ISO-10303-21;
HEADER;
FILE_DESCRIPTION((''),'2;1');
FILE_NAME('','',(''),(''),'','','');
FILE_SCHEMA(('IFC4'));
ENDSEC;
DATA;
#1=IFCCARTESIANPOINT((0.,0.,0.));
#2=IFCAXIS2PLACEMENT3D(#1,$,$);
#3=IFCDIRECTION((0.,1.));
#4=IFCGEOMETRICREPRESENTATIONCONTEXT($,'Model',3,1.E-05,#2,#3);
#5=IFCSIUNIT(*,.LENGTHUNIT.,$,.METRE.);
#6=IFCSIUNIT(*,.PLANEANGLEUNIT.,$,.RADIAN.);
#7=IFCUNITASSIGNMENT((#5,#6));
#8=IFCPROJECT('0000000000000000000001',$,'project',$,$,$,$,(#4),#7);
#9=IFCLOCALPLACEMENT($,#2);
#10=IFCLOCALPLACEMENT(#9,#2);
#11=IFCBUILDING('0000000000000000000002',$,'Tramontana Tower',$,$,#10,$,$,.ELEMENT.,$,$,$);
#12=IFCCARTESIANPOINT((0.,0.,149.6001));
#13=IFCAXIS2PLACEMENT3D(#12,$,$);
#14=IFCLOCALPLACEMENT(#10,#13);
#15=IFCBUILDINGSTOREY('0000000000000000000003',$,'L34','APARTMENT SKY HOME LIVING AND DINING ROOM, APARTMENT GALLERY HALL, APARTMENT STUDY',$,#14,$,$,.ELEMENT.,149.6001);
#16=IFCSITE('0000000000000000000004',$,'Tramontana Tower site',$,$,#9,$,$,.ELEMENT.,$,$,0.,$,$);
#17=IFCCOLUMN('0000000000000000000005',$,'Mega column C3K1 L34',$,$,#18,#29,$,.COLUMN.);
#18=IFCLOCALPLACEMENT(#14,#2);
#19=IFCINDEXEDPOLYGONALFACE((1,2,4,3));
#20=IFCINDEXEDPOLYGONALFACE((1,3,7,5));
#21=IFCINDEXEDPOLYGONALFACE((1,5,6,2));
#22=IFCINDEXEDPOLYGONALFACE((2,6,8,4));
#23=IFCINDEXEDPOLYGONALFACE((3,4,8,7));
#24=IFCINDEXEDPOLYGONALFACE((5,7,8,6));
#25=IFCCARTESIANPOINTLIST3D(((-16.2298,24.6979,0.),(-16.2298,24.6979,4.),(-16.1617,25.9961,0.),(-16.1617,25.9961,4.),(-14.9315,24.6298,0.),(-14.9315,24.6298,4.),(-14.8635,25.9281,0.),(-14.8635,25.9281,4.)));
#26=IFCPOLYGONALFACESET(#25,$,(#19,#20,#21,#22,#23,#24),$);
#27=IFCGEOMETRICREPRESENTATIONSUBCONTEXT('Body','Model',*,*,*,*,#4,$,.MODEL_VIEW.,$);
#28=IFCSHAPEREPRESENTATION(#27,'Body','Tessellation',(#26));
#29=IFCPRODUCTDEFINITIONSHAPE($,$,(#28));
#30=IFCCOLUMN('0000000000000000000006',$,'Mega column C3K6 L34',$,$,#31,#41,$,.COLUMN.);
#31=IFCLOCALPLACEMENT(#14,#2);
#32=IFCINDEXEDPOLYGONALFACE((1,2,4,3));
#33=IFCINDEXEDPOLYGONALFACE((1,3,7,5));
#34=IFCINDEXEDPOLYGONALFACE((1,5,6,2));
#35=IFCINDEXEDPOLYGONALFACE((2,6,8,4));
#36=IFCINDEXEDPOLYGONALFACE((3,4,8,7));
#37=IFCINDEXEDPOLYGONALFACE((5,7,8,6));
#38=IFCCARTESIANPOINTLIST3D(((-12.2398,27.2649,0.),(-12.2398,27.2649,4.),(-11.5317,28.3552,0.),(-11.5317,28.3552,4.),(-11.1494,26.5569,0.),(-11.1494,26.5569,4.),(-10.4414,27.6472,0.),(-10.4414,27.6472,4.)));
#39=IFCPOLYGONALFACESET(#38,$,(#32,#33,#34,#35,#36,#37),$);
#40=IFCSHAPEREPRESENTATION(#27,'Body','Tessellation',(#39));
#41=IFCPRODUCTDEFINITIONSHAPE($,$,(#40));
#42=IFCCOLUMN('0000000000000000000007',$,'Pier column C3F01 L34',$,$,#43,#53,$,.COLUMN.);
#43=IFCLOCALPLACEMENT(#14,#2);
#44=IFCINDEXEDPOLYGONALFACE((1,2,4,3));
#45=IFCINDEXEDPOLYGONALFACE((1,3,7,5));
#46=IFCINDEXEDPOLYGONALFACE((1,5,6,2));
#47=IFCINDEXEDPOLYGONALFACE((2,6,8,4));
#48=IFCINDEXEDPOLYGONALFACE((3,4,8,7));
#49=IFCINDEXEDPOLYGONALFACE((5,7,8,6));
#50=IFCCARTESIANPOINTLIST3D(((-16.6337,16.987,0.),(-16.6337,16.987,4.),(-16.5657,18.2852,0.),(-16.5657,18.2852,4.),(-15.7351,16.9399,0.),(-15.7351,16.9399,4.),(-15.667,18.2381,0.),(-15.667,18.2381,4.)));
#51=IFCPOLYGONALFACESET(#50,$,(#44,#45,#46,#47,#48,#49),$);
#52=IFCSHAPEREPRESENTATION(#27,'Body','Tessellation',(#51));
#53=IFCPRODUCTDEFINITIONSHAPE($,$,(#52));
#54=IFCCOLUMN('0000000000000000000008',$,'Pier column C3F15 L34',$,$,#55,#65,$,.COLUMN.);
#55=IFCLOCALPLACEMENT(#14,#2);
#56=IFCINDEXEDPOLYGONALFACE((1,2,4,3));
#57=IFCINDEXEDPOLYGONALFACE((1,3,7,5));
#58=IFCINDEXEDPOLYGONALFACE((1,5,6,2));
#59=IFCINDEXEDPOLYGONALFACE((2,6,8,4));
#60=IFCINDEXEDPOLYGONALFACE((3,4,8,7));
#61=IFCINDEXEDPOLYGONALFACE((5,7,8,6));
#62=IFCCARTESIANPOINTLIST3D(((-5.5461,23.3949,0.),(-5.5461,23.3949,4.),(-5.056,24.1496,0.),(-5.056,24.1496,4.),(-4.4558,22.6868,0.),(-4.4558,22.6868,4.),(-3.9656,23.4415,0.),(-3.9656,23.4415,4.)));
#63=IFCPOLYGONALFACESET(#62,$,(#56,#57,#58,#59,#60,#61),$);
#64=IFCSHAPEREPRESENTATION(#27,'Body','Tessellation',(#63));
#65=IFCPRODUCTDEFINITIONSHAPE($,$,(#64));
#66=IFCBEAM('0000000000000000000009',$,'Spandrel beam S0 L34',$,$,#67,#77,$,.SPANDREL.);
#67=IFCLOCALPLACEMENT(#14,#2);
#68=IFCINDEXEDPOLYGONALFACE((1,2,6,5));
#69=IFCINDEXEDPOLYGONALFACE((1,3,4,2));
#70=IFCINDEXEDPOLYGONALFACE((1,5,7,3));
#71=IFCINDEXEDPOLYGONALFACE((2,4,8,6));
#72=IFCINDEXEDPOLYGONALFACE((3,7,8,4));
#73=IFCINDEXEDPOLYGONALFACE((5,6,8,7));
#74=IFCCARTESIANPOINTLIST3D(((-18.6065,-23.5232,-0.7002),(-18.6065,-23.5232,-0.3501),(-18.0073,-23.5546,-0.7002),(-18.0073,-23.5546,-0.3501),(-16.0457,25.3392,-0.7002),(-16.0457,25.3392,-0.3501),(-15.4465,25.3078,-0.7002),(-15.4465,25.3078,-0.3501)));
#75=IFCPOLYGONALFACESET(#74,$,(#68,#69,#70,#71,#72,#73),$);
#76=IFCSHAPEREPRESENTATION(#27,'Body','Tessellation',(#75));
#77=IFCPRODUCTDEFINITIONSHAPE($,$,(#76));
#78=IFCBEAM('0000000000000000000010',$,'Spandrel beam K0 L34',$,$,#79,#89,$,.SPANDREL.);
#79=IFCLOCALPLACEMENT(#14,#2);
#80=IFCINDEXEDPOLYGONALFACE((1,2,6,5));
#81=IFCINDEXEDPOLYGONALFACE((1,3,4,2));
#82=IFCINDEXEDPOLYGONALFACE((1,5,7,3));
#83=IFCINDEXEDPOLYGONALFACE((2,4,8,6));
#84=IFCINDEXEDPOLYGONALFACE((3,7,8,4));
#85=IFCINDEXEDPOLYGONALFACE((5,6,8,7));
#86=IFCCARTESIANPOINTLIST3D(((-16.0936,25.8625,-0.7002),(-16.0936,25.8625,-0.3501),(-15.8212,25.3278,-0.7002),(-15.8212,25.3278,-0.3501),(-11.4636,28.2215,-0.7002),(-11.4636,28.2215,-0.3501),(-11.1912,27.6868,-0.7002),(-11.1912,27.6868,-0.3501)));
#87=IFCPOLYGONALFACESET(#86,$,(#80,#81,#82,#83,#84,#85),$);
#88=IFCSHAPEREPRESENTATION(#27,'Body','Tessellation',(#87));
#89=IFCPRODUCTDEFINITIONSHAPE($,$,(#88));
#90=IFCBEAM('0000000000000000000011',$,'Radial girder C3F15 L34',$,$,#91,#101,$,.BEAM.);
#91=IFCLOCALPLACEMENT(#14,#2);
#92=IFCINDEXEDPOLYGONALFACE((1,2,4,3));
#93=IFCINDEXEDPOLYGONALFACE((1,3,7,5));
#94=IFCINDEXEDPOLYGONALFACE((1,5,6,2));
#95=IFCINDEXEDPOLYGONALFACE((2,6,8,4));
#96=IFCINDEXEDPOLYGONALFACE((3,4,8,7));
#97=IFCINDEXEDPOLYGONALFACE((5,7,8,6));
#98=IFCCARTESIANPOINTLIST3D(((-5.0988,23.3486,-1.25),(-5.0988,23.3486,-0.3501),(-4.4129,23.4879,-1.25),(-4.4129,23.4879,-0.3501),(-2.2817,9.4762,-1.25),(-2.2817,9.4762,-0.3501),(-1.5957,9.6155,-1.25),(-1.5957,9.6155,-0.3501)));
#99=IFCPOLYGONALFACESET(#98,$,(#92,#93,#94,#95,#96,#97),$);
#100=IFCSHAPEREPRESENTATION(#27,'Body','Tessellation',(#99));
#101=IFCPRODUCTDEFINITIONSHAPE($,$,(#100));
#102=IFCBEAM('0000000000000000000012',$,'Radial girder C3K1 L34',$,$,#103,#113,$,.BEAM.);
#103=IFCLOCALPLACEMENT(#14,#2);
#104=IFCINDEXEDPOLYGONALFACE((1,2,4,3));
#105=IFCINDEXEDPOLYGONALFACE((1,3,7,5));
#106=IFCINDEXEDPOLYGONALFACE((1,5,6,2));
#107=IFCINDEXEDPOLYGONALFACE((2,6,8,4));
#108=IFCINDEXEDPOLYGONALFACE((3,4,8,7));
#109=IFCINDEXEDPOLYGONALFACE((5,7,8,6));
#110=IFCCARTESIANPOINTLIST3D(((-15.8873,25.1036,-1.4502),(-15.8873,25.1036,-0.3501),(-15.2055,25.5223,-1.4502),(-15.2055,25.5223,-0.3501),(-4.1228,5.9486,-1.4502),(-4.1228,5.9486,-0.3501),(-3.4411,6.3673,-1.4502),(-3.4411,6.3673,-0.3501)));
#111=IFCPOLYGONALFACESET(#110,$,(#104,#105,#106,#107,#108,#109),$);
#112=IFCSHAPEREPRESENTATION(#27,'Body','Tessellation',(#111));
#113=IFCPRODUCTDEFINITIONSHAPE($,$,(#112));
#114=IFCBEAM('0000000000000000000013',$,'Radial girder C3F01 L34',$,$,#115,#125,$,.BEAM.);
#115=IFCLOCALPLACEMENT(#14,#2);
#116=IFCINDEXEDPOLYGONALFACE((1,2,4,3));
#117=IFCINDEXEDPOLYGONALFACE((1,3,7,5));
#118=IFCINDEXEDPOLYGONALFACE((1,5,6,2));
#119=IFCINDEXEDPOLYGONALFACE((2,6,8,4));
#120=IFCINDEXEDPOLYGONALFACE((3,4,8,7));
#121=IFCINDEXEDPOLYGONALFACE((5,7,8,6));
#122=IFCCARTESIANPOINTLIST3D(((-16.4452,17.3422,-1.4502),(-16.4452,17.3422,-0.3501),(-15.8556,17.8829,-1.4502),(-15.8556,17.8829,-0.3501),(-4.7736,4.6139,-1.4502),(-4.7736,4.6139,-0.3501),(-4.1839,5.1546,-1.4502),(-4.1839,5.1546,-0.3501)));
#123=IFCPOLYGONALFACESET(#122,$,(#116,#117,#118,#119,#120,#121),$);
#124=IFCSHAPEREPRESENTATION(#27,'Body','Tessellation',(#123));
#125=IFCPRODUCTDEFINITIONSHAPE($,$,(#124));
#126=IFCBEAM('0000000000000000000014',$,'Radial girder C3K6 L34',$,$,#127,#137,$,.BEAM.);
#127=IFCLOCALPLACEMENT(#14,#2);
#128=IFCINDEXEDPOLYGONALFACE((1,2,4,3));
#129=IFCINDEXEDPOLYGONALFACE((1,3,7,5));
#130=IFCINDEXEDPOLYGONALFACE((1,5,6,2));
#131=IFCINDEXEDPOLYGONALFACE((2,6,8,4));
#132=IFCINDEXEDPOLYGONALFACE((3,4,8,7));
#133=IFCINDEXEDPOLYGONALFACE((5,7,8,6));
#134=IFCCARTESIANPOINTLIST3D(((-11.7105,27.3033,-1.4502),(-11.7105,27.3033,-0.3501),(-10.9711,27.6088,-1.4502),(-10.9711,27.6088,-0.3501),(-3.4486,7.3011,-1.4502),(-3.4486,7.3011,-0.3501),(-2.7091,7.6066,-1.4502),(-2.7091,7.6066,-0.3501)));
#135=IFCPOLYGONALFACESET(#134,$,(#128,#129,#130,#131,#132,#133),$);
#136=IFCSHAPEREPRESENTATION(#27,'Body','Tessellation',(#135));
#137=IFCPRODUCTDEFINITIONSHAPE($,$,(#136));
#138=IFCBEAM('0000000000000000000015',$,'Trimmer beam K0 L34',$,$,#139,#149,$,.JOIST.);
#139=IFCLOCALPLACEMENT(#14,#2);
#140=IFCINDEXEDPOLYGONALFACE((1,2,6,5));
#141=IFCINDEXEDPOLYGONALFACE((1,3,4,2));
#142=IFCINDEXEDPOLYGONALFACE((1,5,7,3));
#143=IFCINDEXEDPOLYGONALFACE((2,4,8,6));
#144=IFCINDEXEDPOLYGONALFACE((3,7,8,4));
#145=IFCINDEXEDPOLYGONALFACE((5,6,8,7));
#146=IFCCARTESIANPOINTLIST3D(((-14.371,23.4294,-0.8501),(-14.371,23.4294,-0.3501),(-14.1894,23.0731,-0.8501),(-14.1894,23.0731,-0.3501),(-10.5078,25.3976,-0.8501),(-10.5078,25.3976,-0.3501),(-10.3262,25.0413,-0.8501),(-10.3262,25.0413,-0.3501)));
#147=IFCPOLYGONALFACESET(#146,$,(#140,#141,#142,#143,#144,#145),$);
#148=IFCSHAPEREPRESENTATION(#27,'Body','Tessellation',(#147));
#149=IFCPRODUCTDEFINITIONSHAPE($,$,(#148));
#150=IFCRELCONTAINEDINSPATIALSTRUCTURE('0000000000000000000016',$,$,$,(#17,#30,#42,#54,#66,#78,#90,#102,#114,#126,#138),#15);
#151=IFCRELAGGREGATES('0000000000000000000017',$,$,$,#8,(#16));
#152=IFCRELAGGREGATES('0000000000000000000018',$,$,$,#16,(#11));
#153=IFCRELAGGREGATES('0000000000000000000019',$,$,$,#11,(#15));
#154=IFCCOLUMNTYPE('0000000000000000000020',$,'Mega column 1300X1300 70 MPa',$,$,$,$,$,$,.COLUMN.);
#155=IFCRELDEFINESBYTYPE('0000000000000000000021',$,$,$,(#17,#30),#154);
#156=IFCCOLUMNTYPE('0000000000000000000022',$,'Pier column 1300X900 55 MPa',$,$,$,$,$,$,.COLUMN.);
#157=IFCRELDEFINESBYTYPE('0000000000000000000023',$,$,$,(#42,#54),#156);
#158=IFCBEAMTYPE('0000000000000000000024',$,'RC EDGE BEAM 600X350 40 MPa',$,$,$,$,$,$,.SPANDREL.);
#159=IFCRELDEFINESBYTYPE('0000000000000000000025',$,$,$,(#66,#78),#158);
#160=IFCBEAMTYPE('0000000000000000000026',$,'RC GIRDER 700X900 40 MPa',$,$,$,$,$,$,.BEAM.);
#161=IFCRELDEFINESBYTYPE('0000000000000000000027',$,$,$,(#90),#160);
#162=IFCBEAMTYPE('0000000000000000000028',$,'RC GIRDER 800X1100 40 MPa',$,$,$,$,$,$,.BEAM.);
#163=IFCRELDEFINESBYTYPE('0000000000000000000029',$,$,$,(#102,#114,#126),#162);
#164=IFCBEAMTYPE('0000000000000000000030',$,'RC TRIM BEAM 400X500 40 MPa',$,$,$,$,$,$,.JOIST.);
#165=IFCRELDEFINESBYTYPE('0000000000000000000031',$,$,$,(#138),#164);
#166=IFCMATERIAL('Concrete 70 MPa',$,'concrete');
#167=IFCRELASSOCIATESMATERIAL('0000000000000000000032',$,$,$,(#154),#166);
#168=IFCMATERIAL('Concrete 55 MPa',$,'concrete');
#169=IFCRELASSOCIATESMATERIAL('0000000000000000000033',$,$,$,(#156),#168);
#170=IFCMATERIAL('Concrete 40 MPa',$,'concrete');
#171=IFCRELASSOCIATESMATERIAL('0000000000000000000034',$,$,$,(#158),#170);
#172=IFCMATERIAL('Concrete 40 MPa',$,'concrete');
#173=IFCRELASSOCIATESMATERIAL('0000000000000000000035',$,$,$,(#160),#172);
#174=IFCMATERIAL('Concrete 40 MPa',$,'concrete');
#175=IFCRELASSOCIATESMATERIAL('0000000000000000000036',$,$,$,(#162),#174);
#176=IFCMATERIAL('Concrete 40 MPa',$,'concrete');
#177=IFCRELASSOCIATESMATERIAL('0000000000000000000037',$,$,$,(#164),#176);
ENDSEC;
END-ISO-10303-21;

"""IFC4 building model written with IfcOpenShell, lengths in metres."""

from ifc_helpers import new_model, si_unit, direction, frame, origin, origin_2d, place, context, subcontext, project, spatial, rectangle, extrude, material, material_profile, profile_set, type_object, element, save


model = new_model("IFC4")

# Units and contexts
model_context = context("Model", 3, precision=1e-05, world=origin(), true_north=direction((0.0, 1.0)))
body_context = subcontext(model_context, "Body", "Model", "MODEL_VIEW")
ifc_project = project(units=[si_unit("LENGTHUNIT", "METRE"), si_unit("PLANEANGLEUNIT", "RADIAN")], contexts=[model_context])

# Site, building, storey
site_placement = place(None, origin())
site = spatial("IfcSite", under=ifc_project, at=site_placement, Name="Tramontana Tower site", CompositionType="ELEMENT", RefElevation=0.0)
building_placement = place(site_placement, origin())
building = spatial("IfcBuilding", under=site, at=building_placement, Name="Tramontana Tower", CompositionType="ELEMENT")
storey_placement = place(building_placement, frame((0.0, 0.0, 149.6001)))
storey = spatial("IfcBuildingStorey", under=building, at=storey_placement, Name="L34", Description="APARTMENT SKY HOME LIVING AND DINING ROOM, APARTMENT GALLERY HALL, APARTMENT STUDY", CompositionType="ELEMENT", Elevation=149.6001)

# Columns
ifc_material_1 = material(Name="Concrete 70 MPa", Category="concrete")
ifc_material_profile_1 = material_profile(ifc_material_1, rectangle(XDim=1.3, YDim=1.3, at=origin_2d()), Name="Mega column 1300X1300 70 MPa")
ifc_profile_set_1 = profile_set([ifc_material_profile_1], Name="Concrete 70 MPa")
column_type_1 = type_object("IfcColumnType", Name="Mega column 1300X1300 70 MPa", PredefinedType="COLUMN", material=ifc_profile_set_1)
for number, where, z_axis, x_axis, name in (
    (1, (-15.5466, 25.313, 0.0), (0.0, 0.0, 1.0), (-0.052336, -0.99863, 0.0), "Mega column C3K1 L34"),
    (2, (-11.3406, 27.4561, 0.0), (0.0, 0.0, 1.0), (-0.838671, 0.544639, 0.0), "Mega column C3K6 L34"),
):
    element("IfcColumn", number, at=place(storey_placement, frame(where, z_axis=z_axis, x_axis=x_axis)), inside=storey, type_object=column_type_1, Name=name, PredefinedType="COLUMN", context=body_context, shape_type="SweptSolid", body=[
        extrude(rectangle(XDim=1.3, YDim=1.3, at=origin_2d()), origin(), (0.0, 0.0, 1.0), 4.0),
    ])
ifc_material_2 = material(Name="Concrete 55 MPa", Category="concrete")
ifc_material_profile_2 = material_profile(ifc_material_2, rectangle(XDim=1.3, YDim=0.8999, at=origin_2d()), Name="Pier column 1300X900 55 MPa")
ifc_profile_set_2 = profile_set([ifc_material_profile_2], Name="Concrete 55 MPa")
column_type_2 = type_object("IfcColumnType", Name="Pier column 1300X900 55 MPa", PredefinedType="COLUMN", material=ifc_profile_set_2)
for number, where, z_axis, x_axis, name in (
    (3, (-16.1504, 17.6125, 0.0), (0.0, 0.0, 1.0), (-0.052336, -0.99863, 0.0), "Pier column C3F01 L34"),
    (4, (-4.7559, 23.4182, 0.0), (0.0, 0.0, 1.0), (-0.838671, 0.544639, 0.0), "Pier column C3F15 L34"),
):
    element("IfcColumn", number, at=place(storey_placement, frame(where, z_axis=z_axis, x_axis=x_axis)), inside=storey, type_object=column_type_2, Name=name, PredefinedType="COLUMN", context=body_context, shape_type="SweptSolid", body=[
        extrude(rectangle(XDim=1.3, YDim=0.8999, at=origin_2d()), origin(), (0.0, 0.0, 1.0), 4.0),
    ])

# Beams
ifc_material_3 = material(Name="Concrete 40 MPa", Category="concrete")
ifc_material_profile_3 = material_profile(ifc_material_3, rectangle(XDim=0.6001, YDim=0.3501, at=origin_2d()), Name="RC EDGE BEAM 600X350 40 MPa")
ifc_profile_set_3 = profile_set([ifc_material_profile_3], Name="Concrete 40 MPa")
beam_type_1 = type_object("IfcBeamType", Name="RC EDGE BEAM 600X350 40 MPa", PredefinedType="SPANDREL", material=ifc_profile_set_3)
beam_1_placement = place(storey_placement, frame((-15.7461, 25.3235, -0.5251), z_axis=(-0.052336, -0.99863, 0.0), x_axis=(0.99863, -0.052336, 0.0)))
element("IfcBeam", 5, at=beam_1_placement, inside=storey, type_object=beam_type_1, Name="Spandrel beam S0 L34", PredefinedType="SPANDREL", context=body_context, shape_type="SweptSolid", body=[
    extrude(rectangle(XDim=0.6001, YDim=0.3501, at=origin_2d()), origin(), (0.0, 0.0, 1.0), 48.9294),
])
beam_2_placement = place(storey_placement, frame((-11.3274, 27.9541, -0.5251), z_axis=(-0.891019, -0.453967, 0.0), x_axis=(0.453967, -0.891019, 0.0)))
element("IfcBeam", 6, at=beam_2_placement, inside=storey, type_object=beam_type_1, Name="Spandrel beam K0 L34", PredefinedType="SPANDREL", context=body_context, shape_type="SweptSolid", body=[
    extrude(rectangle(XDim=0.6001, YDim=0.3501, at=origin_2d()), origin(), (0.0, 0.0, 1.0), 5.1963),
])
ifc_material_4 = material(Name="Concrete 40 MPa", Category="concrete")
ifc_material_profile_4 = material_profile(ifc_material_4, rectangle(XDim=0.7, YDim=0.8999, at=origin_2d()), Name="RC GIRDER 700X900 40 MPa")
ifc_profile_set_4 = profile_set([ifc_material_profile_4], Name="Concrete 40 MPa")
beam_type_2 = type_object("IfcBeamType", Name="RC GIRDER 700X900 40 MPa", PredefinedType="BEAM", material=ifc_profile_set_4)
beam_3_placement = place(storey_placement, frame((-4.7559, 23.4182, -0.8), z_axis=(0.199014, -0.979997, 0.0), x_axis=(0.979997, 0.199014, 0.0)))
element("IfcBeam", 7, at=beam_3_placement, inside=storey, type_object=beam_type_2, Name="Radial girder C3F15 L34", PredefinedType="BEAM", context=body_context, shape_type="SweptSolid", body=[
    extrude(rectangle(XDim=0.7, YDim=0.8999, at=origin_2d()), origin(), (0.0, 0.0, 1.0), 14.1555),
])
ifc_material_5 = material(Name="Concrete 40 MPa", Category="concrete")
ifc_material_profile_5 = material_profile(ifc_material_5, rectangle(XDim=0.8, YDim=1.1001, at=origin_2d()), Name="RC GIRDER 800X1100 40 MPa")
ifc_profile_set_5 = profile_set([ifc_material_profile_5], Name="Concrete 40 MPa")
beam_type_3 = type_object("IfcBeamType", Name="RC GIRDER 800X1100 40 MPa", PredefinedType="BEAM", material=ifc_profile_set_5)
beam_4_placement = place(storey_placement, frame((-15.5464, 25.313, -0.9001), z_axis=(0.523345, -0.852121, 0.0), x_axis=(0.852121, 0.523345, 0.0)))
element("IfcBeam", 8, at=beam_4_placement, inside=storey, type_object=beam_type_3, Name="Radial girder C3K1 L34", PredefinedType="BEAM", context=body_context, shape_type="SweptSolid", body=[
    extrude(rectangle(XDim=0.8, YDim=1.1001, at=origin_2d()), origin(), (0.0, 0.0, 1.0), 22.4792),
])
beam_5_placement = place(storey_placement, frame((-16.1504, 17.6125, -0.9001), z_axis=(0.675852, -0.737037, 0.0), x_axis=(0.737037, 0.675852, 0.0)))
element("IfcBeam", 9, at=beam_5_placement, inside=storey, type_object=beam_type_3, Name="Radial girder C3F01 L34", PredefinedType="BEAM", context=body_context, shape_type="SweptSolid", body=[
    extrude(rectangle(XDim=0.8, YDim=1.1001, at=origin_2d()), origin(), (0.0, 0.0, 1.0), 17.2695),
])
beam_6_placement = place(storey_placement, frame((-11.3408, 27.4561, -0.9001), z_axis=(0.381767, -0.924258, 0.0), x_axis=(0.924258, 0.381767, 0.0)))
element("IfcBeam", 10, at=beam_6_placement, inside=storey, type_object=beam_type_3, Name="Radial girder C3K6 L34", PredefinedType="BEAM", context=body_context, shape_type="SweptSolid", body=[
    extrude(rectangle(XDim=0.8, YDim=1.1001, at=origin_2d()), origin(), (0.0, 0.0, 1.0), 21.6414),
])
ifc_material_6 = material(Name="Concrete 40 MPa", Category="concrete")
ifc_material_profile_6 = material_profile(ifc_material_6, rectangle(XDim=0.3999, YDim=0.5, at=origin_2d()), Name="RC TRIM BEAM 400X500 40 MPa")
ifc_profile_set_6 = profile_set([ifc_material_profile_6], Name="Concrete 40 MPa")
beam_type_4 = type_object("IfcBeamType", Name="RC TRIM BEAM 400X500 40 MPa", PredefinedType="JOIST", material=ifc_profile_set_6)
beam_7_placement = place(storey_placement, frame((-10.417, 25.2195, -0.6001), z_axis=(-0.891023, -0.453958, 0.0), x_axis=(0.453958, -0.891023, 0.0)))
element("IfcBeam", 11, at=beam_7_placement, inside=storey, type_object=beam_type_4, Name="Trimmer beam K0 L34", PredefinedType="JOIST", context=body_context, shape_type="SweptSolid", body=[
    extrude(rectangle(XDim=0.3999, YDim=0.5, at=origin_2d()), origin(), (0.0, 0.0, 1.0), 4.3357),
])

save(model, "model.ifc")
